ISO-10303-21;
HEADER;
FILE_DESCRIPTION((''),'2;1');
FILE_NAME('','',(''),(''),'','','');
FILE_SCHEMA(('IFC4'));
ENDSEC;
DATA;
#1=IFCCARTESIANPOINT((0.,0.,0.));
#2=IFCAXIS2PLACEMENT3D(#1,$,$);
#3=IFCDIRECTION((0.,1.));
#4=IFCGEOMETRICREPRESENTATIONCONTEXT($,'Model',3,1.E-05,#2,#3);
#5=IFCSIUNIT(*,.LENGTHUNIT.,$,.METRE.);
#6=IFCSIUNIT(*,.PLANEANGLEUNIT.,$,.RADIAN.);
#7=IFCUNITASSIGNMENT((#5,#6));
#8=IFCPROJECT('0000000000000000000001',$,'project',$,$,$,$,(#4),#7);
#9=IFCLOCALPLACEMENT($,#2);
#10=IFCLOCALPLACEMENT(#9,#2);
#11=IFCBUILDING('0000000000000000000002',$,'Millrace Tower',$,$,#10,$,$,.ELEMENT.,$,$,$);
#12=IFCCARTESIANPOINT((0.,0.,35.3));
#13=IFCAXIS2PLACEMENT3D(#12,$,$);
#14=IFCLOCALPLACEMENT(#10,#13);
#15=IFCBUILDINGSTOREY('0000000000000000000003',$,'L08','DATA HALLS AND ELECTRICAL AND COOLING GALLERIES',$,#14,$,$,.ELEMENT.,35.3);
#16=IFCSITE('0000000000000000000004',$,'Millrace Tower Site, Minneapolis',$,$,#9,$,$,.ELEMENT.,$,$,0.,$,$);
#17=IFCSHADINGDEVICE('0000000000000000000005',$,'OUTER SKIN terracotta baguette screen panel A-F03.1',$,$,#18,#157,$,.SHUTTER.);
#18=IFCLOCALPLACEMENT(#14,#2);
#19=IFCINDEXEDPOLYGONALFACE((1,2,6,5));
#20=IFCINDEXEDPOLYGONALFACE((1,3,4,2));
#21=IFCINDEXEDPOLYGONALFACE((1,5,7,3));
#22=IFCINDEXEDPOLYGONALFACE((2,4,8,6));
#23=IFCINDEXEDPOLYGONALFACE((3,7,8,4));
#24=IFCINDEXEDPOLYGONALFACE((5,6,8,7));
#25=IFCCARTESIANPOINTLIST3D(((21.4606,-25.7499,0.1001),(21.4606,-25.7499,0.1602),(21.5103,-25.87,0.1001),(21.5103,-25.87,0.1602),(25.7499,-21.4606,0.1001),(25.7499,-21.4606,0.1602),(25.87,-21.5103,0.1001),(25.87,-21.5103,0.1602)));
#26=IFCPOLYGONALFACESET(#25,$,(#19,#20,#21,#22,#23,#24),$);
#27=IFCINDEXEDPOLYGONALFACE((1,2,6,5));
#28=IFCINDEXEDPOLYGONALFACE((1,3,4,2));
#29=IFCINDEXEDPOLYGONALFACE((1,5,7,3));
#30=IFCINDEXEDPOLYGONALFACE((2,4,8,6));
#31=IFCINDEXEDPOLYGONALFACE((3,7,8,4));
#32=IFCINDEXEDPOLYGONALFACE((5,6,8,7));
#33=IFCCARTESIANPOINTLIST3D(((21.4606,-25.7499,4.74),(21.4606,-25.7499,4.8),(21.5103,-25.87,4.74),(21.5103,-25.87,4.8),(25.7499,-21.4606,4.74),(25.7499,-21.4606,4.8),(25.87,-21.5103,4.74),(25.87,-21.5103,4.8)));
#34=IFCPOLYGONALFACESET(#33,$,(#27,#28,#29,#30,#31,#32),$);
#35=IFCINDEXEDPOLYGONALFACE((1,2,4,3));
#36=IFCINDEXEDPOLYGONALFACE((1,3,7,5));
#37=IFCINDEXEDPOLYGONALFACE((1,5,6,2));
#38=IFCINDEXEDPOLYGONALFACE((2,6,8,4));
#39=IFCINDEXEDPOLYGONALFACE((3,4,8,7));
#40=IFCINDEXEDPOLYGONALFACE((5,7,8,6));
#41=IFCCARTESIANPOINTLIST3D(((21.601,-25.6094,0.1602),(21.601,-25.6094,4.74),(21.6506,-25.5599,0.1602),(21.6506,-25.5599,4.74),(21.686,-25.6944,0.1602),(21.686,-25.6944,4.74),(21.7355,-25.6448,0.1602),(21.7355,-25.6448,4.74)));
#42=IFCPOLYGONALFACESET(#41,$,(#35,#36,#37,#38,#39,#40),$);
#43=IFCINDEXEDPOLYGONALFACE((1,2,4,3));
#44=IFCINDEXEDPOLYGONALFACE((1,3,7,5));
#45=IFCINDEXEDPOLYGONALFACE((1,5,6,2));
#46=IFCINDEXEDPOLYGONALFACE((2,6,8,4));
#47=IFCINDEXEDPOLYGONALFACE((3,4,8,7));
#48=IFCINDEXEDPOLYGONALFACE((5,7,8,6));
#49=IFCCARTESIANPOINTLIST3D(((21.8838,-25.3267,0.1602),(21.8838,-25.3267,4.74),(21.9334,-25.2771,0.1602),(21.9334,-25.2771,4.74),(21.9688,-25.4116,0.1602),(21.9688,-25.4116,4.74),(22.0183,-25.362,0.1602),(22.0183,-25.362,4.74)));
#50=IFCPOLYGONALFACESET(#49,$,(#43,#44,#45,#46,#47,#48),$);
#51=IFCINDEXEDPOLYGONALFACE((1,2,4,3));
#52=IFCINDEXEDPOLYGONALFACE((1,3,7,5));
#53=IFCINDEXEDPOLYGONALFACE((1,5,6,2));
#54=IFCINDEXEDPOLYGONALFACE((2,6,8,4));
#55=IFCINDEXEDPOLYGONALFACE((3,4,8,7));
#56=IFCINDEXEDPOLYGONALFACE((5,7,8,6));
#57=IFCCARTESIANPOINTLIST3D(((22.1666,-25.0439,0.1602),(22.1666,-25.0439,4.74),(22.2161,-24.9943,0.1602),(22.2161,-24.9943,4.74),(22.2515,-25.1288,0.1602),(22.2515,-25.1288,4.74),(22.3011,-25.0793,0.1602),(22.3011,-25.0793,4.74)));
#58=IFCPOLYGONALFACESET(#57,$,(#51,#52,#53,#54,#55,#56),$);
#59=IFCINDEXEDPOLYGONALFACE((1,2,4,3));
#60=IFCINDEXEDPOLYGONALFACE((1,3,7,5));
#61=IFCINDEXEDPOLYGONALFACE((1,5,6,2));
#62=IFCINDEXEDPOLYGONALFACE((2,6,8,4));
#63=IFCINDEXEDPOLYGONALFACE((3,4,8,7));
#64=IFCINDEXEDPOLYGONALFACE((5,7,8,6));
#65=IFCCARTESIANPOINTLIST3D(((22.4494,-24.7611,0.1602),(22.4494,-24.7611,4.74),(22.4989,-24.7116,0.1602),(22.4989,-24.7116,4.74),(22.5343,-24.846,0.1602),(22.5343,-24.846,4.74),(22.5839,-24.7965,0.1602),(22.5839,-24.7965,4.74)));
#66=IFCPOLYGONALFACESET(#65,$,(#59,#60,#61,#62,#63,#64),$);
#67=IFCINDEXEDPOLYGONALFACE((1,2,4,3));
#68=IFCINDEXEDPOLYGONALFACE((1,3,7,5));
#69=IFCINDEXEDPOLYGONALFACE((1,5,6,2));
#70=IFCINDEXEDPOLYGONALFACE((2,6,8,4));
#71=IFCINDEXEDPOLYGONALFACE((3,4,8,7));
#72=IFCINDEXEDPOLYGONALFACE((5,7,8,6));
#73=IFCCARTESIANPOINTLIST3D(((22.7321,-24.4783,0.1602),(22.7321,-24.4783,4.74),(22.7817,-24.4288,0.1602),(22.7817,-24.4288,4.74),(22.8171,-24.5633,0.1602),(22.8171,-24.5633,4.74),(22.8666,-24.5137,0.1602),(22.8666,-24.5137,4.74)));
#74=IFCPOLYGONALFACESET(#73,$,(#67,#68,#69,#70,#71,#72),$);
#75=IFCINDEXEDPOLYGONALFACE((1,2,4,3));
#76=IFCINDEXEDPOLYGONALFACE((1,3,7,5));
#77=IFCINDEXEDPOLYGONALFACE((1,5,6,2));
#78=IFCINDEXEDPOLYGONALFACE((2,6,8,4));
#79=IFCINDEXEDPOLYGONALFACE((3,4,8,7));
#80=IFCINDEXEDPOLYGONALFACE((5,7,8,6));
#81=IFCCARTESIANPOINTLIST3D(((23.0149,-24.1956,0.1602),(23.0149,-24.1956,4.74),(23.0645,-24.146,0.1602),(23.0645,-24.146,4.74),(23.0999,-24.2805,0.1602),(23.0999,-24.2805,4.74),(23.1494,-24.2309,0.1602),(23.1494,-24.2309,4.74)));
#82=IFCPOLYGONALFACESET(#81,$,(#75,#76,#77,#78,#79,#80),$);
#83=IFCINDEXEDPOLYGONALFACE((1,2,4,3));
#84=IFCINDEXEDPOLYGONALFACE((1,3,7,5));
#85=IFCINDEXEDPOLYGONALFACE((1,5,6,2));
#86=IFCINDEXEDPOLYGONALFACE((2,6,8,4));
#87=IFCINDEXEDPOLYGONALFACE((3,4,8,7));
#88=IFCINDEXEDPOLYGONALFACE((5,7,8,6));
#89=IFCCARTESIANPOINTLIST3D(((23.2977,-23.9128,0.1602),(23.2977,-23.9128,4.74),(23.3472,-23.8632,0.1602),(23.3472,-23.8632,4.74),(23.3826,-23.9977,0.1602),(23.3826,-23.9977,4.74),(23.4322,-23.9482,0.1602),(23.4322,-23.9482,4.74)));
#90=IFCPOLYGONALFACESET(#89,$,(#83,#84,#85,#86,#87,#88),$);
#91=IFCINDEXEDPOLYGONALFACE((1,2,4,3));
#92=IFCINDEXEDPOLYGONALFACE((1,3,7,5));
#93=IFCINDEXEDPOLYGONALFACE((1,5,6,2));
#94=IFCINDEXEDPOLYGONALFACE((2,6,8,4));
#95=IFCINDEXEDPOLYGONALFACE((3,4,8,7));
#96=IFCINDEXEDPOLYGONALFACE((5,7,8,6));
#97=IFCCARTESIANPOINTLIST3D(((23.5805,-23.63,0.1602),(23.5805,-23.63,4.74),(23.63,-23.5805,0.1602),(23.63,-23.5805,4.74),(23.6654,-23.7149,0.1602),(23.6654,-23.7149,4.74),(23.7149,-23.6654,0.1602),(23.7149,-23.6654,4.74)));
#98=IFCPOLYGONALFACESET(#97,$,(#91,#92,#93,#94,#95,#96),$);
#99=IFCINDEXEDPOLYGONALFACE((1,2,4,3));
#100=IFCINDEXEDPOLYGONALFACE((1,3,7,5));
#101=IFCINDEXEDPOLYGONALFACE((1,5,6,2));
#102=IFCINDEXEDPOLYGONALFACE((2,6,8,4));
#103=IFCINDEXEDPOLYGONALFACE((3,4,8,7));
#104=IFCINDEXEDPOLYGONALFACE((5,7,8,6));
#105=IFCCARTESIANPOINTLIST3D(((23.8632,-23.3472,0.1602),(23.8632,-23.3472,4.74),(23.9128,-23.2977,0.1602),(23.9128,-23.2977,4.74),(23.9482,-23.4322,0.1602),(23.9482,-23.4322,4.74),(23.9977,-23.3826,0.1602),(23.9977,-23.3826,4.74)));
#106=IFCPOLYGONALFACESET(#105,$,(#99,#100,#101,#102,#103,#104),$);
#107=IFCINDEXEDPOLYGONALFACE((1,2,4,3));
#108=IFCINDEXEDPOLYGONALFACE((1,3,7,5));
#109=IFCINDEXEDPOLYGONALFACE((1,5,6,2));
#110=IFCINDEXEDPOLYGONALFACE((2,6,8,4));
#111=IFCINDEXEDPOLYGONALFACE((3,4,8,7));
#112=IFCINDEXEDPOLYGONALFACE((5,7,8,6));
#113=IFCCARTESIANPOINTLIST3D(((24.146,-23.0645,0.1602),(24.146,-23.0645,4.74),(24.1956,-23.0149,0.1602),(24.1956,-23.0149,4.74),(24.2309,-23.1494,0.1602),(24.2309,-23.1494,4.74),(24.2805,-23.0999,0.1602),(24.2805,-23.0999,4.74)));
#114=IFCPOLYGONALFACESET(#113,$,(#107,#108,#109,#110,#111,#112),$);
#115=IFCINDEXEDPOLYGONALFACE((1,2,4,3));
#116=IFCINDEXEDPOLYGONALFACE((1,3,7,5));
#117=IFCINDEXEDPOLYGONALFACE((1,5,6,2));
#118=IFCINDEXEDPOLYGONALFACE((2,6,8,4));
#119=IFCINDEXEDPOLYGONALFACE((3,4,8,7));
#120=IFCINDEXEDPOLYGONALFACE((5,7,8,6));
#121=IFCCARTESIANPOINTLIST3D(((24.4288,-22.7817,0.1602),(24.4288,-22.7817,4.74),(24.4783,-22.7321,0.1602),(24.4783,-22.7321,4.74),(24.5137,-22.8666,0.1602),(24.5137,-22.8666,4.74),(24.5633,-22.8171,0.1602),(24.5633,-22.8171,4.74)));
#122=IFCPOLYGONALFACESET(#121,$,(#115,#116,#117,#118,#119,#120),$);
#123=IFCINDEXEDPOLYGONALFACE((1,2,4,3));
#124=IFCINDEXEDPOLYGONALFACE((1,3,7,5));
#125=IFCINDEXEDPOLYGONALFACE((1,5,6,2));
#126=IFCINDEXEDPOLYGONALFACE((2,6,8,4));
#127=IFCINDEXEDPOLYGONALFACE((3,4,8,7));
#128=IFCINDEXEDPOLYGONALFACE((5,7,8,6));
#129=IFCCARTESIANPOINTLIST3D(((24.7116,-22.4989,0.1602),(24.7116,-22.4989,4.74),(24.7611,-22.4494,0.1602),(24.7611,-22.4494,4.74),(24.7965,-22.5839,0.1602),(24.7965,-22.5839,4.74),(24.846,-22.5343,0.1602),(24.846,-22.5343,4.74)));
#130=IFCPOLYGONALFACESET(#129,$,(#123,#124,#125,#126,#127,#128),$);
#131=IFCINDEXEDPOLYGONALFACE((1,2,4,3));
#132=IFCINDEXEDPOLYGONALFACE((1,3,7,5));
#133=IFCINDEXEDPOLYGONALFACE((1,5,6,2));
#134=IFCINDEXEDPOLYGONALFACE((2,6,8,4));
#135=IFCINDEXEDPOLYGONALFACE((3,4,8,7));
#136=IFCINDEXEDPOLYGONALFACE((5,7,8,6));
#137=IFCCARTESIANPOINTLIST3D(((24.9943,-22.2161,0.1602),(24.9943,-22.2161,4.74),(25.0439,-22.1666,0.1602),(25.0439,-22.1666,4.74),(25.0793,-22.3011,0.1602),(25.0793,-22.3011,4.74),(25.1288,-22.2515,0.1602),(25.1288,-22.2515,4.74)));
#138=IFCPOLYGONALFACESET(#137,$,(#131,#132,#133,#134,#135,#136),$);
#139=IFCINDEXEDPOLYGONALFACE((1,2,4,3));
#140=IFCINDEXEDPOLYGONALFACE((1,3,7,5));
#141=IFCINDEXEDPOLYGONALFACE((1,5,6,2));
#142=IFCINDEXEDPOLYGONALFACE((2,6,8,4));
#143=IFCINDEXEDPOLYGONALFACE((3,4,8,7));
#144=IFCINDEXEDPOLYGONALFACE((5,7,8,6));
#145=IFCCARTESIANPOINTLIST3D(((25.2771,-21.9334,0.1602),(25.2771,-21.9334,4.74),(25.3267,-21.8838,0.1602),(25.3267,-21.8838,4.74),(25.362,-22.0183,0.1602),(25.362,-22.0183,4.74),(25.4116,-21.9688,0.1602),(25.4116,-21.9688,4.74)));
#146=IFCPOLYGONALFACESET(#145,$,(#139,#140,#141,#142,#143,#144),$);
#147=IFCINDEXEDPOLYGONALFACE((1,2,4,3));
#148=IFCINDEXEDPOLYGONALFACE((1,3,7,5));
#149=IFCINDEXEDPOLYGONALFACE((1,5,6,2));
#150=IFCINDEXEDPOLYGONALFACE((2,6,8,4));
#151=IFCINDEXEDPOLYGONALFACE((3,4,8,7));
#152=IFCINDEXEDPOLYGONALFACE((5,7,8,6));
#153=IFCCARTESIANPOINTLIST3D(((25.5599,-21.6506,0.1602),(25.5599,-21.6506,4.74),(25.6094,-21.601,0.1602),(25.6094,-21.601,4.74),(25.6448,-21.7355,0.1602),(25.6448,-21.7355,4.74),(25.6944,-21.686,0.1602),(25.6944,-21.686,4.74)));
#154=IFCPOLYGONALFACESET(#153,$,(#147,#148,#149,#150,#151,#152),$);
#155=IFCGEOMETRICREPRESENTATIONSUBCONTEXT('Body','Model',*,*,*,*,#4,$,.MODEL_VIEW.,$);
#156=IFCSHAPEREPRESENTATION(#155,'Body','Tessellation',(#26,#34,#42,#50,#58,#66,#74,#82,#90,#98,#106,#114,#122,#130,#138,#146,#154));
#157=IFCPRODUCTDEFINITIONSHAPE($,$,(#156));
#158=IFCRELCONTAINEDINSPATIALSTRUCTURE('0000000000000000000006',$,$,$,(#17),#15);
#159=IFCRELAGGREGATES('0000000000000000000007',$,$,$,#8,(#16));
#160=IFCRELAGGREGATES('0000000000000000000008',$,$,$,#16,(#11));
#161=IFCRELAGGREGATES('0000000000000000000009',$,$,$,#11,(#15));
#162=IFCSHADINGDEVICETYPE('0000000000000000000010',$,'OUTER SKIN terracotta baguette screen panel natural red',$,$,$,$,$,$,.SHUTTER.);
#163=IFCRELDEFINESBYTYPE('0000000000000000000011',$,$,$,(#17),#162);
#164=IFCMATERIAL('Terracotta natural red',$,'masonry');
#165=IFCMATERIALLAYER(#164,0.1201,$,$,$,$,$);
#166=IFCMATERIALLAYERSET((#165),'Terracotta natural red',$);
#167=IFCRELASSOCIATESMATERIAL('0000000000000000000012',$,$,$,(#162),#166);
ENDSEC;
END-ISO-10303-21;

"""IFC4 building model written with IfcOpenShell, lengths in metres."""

from ifc_helpers import new_model, entity, si_unit, direction, frame, frame_2d, origin, origin_2d, place, context, subcontext, project, spatial, rectangle, extrude, source, transform, mapped, material, layer, layer_set, type_object, element, save


model = new_model("IFC4")

# Units and contexts
model_context = context("Model", 3, precision=1e-05, world=origin(), true_north=direction((0.0, 1.0)))
body_context = subcontext(model_context, "Body", "Model", "MODEL_VIEW")
ifc_project = project(units=[si_unit("LENGTHUNIT", "METRE"), si_unit("PLANEANGLEUNIT", "RADIAN")], contexts=[model_context])

# Site, building, storey
site_placement = place(None, origin())
site = spatial("IfcSite", under=ifc_project, at=site_placement, Name="Millrace Tower Site, Minneapolis", CompositionType="ELEMENT", RefElevation=0.0)
building_placement = place(site_placement, origin())
building = spatial("IfcBuilding", under=site, at=building_placement, Name="Millrace Tower", CompositionType="ELEMENT")
storey_placement = place(building_placement, frame((0.0, 0.0, 35.3)))
storey = spatial("IfcBuildingStorey", under=building, at=storey_placement, Name="L08", Description="DATA HALLS AND ELECTRICAL AND COOLING GALLERIES", CompositionType="ELEMENT", Elevation=35.3)

# Shading device
ifc_material_1 = material(Name="Terracotta natural red", Category="masonry")
ifc_layer_1 = layer(ifc_material_1, 0.1201)
ifc_layer_set_1 = layer_set([ifc_layer_1], Name="Terracotta natural red")
shading_device_type_1 = type_object("IfcShadingDeviceType", Name="OUTER SKIN terracotta baguette screen panel natural red", PredefinedType="SHUTTER", material=ifc_layer_set_1)
cartesian_point_1 = entity("IfcCartesianPoint", [-3.033, 0.0601])
shared_polyline_1 = entity("IfcPolyline", [cartesian_point_1, entity("IfcCartesianPoint", [3.033, 0.0601]), entity("IfcCartesianPoint", [3.0828, -0.0601]), entity("IfcCartesianPoint", [-3.0828, -0.0601]), cartesian_point_1])
shared_shape_1 = source(origin(), body_context, "Body", "SweptSolid", [
    entity("IfcExtrudedAreaSolid", entity("IfcArbitraryClosedProfileDef", "AREA", None, shared_polyline_1), entity("IfcAxis2Placement3D", entity("IfcCartesianPoint", [0.0, 0.0, 0.0])), entity("IfcDirection", [0.0, 0.0, 1.0]), 0.0601),
    entity("IfcExtrudedAreaSolid", entity("IfcArbitraryClosedProfileDef", "AREA", None, shared_polyline_1), entity("IfcAxis2Placement3D", entity("IfcCartesianPoint", [0.0, 0.0, 4.6399])), entity("IfcDirection", [0.0, 0.0, 1.0]), 0.0601),
    extrude(rectangle(XDim=0.0701, YDim=0.1201, at=frame_2d((-2.7993, 0.0))), frame((0.0, 0.0, 0.0601)), (0.0, 0.0, 1.0), 4.5798),
    extrude(rectangle(XDim=0.0701, YDim=0.1201, at=frame_2d((-2.3994, 0.0))), frame((0.0, 0.0, 0.0601)), (0.0, 0.0, 1.0), 4.5798),
    extrude(rectangle(XDim=0.0701, YDim=0.1201, at=frame_2d((-1.9995, 0.0))), frame((0.0, 0.0, 0.0601)), (0.0, 0.0, 1.0), 4.5798),
    extrude(rectangle(XDim=0.0701, YDim=0.1201, at=frame_2d((-1.5996, 0.0))), frame((0.0, 0.0, 0.0601)), (0.0, 0.0, 1.0), 4.5798),
    extrude(rectangle(XDim=0.0701, YDim=0.1201, at=frame_2d((-1.1997, 0.0))), frame((0.0, 0.0, 0.0601)), (0.0, 0.0, 1.0), 4.5798),
    extrude(rectangle(XDim=0.0701, YDim=0.1201, at=frame_2d((-0.7998, 0.0))), frame((0.0, 0.0, 0.0601)), (0.0, 0.0, 1.0), 4.5798),
    extrude(rectangle(XDim=0.0701, YDim=0.1201, at=frame_2d((-0.3999, 0.0))), frame((0.0, 0.0, 0.0601)), (0.0, 0.0, 1.0), 4.5798),
    extrude(rectangle(XDim=0.0701, YDim=0.1201, at=origin_2d()), frame((0.0, 0.0, 0.0601)), (0.0, 0.0, 1.0), 4.5798),
    extrude(rectangle(XDim=0.0701, YDim=0.1201, at=frame_2d((0.3999, 0.0))), frame((0.0, 0.0, 0.0601)), (0.0, 0.0, 1.0), 4.5798),
    extrude(rectangle(XDim=0.0701, YDim=0.1201, at=frame_2d((0.7998, 0.0))), frame((0.0, 0.0, 0.0601)), (0.0, 0.0, 1.0), 4.5798),
    extrude(rectangle(XDim=0.0701, YDim=0.1201, at=frame_2d((1.1997, 0.0))), frame((0.0, 0.0, 0.0601)), (0.0, 0.0, 1.0), 4.5798),
    extrude(rectangle(XDim=0.0701, YDim=0.1201, at=frame_2d((1.5996, 0.0))), frame((0.0, 0.0, 0.0601)), (0.0, 0.0, 1.0), 4.5798),
    extrude(rectangle(XDim=0.0701, YDim=0.1201, at=frame_2d((1.9995, 0.0))), frame((0.0, 0.0, 0.0601)), (0.0, 0.0, 1.0), 4.5798),
    extrude(rectangle(XDim=0.0701, YDim=0.1201, at=frame_2d((2.3994, 0.0))), frame((0.0, 0.0, 0.0601)), (0.0, 0.0, 1.0), 4.5798),
    extrude(rectangle(XDim=0.0701, YDim=0.1201, at=frame_2d((2.7993, 0.0))), frame((0.0, 0.0, 0.0601)), (0.0, 0.0, 1.0), 4.5798),
])
shading_device_1_placement = place(storey_placement, frame((23.6477, -23.6477, 0.1001), z_axis=(0.0, 0.0, 1.0), x_axis=(0.707107, 0.707107, 0.0)))
element("IfcShadingDevice", 1, at=shading_device_1_placement, inside=storey, type_object=shading_device_type_1, Name="OUTER SKIN terracotta baguette screen panel A-F03.1", PredefinedType="SHUTTER", context=body_context, shape_type="MappedRepresentation", body=[
    mapped(shared_shape_1, transform((0.0, 0.0, 0.0), scale=1.0)),
])

save(model, "model.ifc")
